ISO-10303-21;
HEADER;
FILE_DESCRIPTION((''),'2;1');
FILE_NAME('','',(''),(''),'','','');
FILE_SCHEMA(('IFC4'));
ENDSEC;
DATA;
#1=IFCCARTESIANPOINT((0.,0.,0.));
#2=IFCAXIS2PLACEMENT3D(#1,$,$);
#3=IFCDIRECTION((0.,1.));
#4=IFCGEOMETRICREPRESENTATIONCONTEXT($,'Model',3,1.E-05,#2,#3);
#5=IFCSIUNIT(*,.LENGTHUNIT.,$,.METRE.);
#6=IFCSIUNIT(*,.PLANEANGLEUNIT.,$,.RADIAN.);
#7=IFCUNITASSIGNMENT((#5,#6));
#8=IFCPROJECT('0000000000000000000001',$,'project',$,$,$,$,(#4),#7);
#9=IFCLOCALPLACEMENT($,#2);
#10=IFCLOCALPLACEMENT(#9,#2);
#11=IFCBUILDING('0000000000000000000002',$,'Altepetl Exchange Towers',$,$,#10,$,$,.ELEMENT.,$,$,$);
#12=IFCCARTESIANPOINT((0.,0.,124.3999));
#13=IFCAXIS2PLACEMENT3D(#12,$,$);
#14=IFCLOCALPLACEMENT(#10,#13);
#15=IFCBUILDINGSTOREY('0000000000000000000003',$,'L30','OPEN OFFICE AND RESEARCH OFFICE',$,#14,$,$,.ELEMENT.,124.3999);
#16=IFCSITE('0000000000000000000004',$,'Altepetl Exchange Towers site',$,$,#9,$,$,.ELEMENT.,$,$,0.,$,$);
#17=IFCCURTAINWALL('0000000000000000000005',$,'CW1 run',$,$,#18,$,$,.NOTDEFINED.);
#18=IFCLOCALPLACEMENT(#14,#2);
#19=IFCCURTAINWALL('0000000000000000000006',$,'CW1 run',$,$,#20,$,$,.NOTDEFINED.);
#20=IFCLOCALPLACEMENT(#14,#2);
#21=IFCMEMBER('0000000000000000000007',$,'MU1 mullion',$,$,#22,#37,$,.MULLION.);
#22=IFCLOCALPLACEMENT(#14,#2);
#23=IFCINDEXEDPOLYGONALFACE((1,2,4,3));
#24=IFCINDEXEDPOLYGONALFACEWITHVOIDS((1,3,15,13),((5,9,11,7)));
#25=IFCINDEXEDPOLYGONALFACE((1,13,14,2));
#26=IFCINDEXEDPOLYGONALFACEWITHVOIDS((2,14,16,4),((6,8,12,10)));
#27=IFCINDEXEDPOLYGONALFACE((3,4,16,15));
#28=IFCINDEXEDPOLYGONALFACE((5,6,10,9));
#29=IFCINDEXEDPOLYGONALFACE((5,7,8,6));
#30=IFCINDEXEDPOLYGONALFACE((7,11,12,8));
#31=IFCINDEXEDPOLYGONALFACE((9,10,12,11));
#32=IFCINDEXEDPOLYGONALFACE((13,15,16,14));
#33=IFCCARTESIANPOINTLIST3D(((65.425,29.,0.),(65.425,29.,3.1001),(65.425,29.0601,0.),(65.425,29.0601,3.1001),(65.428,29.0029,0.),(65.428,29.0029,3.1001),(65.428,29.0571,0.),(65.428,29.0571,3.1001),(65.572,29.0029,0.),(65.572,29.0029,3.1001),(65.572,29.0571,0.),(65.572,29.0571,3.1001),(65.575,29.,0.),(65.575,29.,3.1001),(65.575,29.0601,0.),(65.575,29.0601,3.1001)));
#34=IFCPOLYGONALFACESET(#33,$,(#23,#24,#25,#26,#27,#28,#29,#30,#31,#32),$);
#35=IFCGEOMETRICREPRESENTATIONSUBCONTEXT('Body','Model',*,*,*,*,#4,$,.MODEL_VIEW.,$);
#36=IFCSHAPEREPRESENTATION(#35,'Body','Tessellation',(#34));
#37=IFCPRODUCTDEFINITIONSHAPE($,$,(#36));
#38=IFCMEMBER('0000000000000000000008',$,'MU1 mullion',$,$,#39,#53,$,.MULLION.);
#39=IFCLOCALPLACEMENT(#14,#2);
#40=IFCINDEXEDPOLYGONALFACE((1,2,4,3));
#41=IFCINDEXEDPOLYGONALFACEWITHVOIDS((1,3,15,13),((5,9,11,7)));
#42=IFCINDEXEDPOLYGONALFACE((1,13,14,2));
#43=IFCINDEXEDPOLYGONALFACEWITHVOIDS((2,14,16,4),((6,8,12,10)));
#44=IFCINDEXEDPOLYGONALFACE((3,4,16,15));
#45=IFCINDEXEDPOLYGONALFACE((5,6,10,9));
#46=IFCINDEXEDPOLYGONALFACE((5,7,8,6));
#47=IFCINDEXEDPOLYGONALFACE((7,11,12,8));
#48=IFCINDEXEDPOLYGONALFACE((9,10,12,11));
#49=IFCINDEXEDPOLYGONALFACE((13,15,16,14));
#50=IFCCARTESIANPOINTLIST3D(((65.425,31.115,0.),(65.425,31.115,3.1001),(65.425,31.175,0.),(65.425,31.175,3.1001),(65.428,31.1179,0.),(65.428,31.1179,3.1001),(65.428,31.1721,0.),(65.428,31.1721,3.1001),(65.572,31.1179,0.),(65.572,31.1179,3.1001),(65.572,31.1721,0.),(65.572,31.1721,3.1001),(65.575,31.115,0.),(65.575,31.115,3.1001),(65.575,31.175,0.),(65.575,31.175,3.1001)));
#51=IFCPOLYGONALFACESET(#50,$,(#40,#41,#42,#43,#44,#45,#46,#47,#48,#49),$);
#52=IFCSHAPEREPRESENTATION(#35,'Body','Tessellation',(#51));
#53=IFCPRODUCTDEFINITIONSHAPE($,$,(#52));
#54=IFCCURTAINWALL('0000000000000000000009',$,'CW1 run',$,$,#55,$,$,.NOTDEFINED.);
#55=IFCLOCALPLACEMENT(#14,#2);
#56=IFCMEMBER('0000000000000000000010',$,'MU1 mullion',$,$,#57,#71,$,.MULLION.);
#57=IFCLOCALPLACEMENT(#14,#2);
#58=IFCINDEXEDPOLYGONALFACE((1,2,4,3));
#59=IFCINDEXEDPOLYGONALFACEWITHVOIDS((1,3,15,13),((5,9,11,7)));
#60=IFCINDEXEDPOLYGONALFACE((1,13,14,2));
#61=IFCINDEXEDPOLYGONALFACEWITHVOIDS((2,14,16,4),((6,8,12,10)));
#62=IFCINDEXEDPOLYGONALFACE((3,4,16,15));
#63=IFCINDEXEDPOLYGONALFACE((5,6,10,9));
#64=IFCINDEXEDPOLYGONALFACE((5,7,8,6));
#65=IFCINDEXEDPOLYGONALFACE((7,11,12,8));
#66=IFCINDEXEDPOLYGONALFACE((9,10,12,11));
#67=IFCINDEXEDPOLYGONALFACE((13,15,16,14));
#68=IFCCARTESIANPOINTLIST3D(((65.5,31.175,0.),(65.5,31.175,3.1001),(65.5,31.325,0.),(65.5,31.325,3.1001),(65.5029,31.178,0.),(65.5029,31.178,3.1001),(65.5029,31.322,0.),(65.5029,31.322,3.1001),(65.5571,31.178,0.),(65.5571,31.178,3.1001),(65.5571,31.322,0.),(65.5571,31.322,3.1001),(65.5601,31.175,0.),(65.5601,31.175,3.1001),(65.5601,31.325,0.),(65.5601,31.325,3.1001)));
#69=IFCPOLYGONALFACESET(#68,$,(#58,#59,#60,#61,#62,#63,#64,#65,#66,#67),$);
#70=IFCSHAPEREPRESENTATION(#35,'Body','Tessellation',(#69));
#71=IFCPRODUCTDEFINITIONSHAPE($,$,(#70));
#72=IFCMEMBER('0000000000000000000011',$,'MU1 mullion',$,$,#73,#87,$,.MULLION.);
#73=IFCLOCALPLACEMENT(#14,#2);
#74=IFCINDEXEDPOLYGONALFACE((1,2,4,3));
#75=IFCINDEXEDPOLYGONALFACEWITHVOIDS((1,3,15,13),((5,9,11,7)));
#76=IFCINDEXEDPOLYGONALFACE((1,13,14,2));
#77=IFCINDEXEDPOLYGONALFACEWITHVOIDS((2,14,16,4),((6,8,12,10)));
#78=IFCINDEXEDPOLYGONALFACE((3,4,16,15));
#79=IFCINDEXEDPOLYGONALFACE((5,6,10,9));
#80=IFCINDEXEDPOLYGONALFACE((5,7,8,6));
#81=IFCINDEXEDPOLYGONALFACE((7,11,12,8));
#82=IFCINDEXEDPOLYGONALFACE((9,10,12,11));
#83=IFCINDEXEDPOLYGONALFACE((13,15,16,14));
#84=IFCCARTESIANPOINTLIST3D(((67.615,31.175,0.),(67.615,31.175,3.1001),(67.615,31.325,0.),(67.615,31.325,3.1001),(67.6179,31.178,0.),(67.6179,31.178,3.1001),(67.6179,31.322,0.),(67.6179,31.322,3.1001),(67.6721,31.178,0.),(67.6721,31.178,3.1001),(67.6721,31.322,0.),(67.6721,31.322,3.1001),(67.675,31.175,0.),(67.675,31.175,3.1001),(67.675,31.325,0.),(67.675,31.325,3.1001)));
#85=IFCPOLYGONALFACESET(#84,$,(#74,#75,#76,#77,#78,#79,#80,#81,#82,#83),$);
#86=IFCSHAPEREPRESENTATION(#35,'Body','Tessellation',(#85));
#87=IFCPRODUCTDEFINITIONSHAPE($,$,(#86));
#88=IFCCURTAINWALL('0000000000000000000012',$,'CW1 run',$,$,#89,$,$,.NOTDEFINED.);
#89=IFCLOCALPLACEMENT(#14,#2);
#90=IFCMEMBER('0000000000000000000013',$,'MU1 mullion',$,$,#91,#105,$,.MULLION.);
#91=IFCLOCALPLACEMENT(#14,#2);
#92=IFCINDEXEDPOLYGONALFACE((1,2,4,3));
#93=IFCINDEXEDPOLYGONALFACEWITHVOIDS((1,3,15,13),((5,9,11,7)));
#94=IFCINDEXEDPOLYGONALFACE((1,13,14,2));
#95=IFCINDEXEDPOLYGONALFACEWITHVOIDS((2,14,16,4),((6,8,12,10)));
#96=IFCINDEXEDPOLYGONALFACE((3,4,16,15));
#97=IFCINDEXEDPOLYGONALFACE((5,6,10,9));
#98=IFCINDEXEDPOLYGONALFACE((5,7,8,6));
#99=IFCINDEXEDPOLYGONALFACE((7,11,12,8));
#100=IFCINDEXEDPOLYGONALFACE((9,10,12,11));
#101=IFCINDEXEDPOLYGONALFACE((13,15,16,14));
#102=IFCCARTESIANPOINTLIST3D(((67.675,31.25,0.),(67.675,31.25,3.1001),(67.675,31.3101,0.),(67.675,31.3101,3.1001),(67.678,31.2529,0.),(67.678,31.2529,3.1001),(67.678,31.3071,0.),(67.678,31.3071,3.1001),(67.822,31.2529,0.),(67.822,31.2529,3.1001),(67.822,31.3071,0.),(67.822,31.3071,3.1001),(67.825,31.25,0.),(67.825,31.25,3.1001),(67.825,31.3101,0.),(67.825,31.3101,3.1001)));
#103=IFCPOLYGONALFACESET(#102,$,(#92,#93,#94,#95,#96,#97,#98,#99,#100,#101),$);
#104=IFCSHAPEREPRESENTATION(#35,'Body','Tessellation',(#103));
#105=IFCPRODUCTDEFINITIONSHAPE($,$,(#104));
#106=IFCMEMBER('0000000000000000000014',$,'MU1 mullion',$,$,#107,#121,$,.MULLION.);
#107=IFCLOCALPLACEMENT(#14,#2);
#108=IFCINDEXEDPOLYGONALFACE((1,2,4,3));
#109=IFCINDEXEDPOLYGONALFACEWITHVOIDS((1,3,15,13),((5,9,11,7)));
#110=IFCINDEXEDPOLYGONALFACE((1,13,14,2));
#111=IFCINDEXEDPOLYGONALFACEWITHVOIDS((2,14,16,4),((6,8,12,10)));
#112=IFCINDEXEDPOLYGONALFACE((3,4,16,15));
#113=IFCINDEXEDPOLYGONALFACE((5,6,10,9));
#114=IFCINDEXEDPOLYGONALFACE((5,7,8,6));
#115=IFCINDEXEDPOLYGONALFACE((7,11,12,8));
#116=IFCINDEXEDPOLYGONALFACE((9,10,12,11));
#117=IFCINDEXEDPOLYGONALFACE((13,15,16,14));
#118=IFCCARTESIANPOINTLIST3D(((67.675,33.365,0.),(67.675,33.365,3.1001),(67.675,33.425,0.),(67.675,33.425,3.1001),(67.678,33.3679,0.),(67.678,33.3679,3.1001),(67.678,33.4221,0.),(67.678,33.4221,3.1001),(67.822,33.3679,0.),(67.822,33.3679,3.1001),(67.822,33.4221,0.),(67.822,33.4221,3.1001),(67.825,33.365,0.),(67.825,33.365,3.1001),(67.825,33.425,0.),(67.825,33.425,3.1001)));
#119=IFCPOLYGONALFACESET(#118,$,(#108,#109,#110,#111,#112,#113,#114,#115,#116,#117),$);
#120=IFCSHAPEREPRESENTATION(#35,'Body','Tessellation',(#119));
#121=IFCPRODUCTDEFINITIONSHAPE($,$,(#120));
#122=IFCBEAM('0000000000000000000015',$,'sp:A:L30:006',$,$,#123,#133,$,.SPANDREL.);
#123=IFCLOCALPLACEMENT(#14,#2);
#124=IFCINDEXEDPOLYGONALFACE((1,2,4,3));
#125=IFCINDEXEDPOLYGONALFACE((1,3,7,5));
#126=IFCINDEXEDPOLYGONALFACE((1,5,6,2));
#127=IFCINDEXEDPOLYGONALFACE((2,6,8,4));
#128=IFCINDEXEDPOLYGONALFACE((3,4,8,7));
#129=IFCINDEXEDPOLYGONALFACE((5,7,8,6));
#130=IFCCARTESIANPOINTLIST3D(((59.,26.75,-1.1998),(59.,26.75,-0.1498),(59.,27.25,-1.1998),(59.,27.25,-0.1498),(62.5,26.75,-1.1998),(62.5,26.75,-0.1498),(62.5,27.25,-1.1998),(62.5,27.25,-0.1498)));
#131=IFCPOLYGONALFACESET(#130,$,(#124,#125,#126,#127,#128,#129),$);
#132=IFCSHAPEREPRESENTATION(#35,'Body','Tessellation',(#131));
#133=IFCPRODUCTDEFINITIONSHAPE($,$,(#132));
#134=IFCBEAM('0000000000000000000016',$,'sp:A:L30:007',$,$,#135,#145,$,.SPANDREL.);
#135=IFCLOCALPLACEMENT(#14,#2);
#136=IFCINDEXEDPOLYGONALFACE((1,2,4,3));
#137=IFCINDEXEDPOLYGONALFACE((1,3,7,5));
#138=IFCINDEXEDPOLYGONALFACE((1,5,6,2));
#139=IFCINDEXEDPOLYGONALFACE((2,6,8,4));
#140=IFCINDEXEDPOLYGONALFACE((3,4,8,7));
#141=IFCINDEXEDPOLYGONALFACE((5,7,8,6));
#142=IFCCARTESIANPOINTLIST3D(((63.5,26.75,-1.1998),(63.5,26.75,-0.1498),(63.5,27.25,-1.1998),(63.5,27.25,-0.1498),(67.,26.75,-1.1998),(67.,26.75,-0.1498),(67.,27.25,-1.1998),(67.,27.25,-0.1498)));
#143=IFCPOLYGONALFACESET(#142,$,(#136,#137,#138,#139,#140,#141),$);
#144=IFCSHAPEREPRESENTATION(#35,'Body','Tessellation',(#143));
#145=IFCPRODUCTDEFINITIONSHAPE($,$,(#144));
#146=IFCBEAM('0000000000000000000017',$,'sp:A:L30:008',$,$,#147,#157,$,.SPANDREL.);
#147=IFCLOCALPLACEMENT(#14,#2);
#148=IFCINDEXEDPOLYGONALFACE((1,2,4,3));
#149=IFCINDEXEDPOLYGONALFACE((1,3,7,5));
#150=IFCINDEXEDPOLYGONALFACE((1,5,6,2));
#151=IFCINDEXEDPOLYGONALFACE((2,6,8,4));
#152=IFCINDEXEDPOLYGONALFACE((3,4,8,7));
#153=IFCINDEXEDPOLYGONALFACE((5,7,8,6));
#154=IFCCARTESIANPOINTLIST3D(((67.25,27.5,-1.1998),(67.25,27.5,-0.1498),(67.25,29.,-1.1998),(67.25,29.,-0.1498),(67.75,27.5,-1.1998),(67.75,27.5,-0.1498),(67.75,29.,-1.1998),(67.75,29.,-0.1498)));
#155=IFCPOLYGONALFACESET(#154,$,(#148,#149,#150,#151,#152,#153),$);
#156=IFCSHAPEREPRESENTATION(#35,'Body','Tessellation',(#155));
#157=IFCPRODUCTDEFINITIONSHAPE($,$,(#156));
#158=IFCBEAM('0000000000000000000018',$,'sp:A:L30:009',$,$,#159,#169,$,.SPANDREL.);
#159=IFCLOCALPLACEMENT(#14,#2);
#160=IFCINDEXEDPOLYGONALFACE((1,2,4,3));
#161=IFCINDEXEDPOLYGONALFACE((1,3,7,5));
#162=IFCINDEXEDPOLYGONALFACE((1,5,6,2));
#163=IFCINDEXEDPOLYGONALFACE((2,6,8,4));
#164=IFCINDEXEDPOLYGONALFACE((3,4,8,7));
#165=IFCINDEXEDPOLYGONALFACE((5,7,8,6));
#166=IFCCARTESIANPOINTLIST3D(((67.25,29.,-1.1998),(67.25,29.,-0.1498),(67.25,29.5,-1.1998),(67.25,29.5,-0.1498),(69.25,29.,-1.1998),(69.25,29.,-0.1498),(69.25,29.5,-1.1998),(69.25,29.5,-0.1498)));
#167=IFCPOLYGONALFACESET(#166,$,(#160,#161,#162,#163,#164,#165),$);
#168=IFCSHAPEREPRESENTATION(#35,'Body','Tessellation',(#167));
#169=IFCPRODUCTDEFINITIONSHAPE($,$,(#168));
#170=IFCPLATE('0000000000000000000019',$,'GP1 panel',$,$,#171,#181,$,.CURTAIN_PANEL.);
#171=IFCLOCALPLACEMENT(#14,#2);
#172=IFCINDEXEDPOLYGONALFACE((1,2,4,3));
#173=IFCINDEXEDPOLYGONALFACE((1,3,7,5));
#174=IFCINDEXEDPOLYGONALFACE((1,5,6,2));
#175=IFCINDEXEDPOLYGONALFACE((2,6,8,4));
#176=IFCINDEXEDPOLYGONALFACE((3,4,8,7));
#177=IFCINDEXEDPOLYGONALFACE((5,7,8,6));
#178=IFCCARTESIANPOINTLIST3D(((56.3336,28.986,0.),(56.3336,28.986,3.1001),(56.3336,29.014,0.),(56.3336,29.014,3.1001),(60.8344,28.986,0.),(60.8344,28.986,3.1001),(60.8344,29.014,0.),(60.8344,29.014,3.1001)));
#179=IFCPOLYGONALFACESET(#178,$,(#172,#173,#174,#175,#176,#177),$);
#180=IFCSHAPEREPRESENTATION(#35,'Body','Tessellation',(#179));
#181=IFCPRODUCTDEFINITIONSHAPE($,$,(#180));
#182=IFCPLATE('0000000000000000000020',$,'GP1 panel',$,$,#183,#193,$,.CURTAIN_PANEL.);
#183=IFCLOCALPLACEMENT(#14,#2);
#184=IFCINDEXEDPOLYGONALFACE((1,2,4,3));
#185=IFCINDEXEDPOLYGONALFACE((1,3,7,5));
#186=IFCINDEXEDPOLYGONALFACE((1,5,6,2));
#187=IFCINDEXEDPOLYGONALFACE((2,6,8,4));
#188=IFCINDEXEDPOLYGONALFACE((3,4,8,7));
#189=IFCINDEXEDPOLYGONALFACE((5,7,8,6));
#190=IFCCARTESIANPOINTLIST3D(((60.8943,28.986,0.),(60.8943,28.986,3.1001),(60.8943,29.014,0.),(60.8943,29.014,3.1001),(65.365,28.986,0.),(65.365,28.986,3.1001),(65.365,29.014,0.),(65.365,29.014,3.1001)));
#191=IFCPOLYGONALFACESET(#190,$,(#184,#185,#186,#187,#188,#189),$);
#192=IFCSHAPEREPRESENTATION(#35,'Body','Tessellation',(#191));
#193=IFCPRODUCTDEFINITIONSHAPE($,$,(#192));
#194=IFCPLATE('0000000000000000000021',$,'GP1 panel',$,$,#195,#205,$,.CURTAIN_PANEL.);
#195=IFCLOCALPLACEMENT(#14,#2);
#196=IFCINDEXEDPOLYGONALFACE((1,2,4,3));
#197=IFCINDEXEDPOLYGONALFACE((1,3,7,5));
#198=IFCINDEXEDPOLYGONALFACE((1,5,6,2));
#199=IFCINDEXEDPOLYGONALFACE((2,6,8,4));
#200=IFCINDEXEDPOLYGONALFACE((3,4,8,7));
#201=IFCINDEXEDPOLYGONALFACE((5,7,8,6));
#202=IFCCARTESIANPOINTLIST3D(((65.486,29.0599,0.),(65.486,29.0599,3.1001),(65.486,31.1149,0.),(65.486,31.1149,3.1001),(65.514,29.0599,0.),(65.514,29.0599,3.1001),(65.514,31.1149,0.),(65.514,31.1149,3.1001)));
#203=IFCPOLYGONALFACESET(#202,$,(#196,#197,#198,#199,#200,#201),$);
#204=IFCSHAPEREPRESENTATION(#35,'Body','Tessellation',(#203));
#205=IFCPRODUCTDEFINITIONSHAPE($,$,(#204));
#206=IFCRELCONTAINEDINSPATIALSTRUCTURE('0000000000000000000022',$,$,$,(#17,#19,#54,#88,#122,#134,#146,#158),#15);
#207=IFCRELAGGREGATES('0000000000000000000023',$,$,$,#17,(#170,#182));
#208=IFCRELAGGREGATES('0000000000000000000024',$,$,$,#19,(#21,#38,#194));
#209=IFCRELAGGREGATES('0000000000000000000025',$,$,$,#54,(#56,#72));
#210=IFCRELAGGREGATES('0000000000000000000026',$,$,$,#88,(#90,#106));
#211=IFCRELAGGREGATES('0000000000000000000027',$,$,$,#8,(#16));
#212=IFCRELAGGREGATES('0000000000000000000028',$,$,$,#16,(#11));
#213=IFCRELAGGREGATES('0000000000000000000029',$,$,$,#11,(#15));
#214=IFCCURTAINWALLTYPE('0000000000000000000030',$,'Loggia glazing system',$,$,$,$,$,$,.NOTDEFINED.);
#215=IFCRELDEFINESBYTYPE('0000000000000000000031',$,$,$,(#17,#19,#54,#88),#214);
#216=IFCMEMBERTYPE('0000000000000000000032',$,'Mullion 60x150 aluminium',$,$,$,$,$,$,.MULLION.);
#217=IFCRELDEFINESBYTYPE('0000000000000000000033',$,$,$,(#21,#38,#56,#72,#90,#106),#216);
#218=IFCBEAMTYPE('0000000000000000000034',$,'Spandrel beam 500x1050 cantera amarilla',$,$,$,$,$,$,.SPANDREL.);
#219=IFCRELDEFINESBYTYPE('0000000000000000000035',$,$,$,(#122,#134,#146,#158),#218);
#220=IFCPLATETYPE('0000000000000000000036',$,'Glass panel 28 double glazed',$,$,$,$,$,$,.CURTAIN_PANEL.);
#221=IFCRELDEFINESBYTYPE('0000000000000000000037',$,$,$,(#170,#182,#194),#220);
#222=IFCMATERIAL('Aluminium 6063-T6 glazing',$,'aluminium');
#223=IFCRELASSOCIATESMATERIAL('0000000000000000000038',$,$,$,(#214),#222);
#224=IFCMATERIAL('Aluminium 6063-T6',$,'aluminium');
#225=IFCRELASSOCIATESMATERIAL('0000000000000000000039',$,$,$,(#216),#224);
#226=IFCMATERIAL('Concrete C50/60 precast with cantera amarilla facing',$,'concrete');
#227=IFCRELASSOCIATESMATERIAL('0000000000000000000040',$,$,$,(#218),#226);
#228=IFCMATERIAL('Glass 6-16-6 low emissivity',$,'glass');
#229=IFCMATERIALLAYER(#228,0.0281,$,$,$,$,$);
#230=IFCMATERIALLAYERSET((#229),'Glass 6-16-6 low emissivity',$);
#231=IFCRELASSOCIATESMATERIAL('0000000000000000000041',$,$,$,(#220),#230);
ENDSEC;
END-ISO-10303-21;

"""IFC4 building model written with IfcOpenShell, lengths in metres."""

from ifc_helpers import new_model, si_unit, direction, frame, origin, origin_2d, place, context, subcontext, project, spatial, rectangle, hollow_rectangle, extrude, material, layer, layer_set, material_profile, profile_set, type_object, element, aggregate, save


model = new_model("IFC4")

# Units and contexts
model_context = context("Model", 3, precision=1e-05, world=origin(), true_north=direction((0.0, 1.0)))
body_context = subcontext(model_context, "Body", "Model", "MODEL_VIEW")
ifc_project = project(units=[si_unit("LENGTHUNIT", "METRE"), si_unit("PLANEANGLEUNIT", "RADIAN")], contexts=[model_context])

# Site, building, storey
site_placement = place(None, origin())
site = spatial("IfcSite", under=ifc_project, at=site_placement, Name="Altepetl Exchange Towers site", CompositionType="ELEMENT", RefElevation=0.0)
building_placement = place(site_placement, origin())
building = spatial("IfcBuilding", under=site, at=building_placement, Name="Altepetl Exchange Towers", CompositionType="ELEMENT")
storey_placement = place(building_placement, frame((0.0, 0.0, 124.3999)))
storey = spatial("IfcBuildingStorey", under=building, at=storey_placement, Name="L30", Description="OPEN OFFICE AND RESEARCH OFFICE", CompositionType="ELEMENT", Elevation=124.3999)

# Curtain walls, members
ifc_material_1 = material(Name="Aluminium 6063-T6 glazing", Category="aluminium")
curtain_wall_type = type_object("IfcCurtainWallType", Name="Loggia glazing system", PredefinedType="NOTDEFINED", material=ifc_material_1)
curtain_wall_1_placement = place(storey_placement, origin())
curtain_wall_1 = element("IfcCurtainWall", 1, at=curtain_wall_1_placement, inside=storey, type_object=curtain_wall_type, Name="CW1 run", PredefinedType="NOTDEFINED")
ifc_material_2 = material(Name="Aluminium 6063-T6", Category="aluminium")
ifc_material_profile_1 = material_profile(ifc_material_2, hollow_rectangle(XDim=0.0601, YDim=0.1499, WallThickness=0.0029, at=origin_2d()), Name="Mullion 60x150 aluminium")
ifc_profile_set_1 = profile_set([ifc_material_profile_1], Name="Aluminium 6063-T6")
member_type = type_object("IfcMemberType", Name="Mullion 60x150 aluminium", PredefinedType="MULLION", material=ifc_profile_set_1)
curtain_wall_2_placement = place(storey_placement, origin())
curtain_wall_2 = element("IfcCurtainWall", 2, at=curtain_wall_2_placement, inside=storey, type_object=curtain_wall_type, Name="CW1 run", PredefinedType="NOTDEFINED")
member_1_placement = place(storey_placement, frame((65.5, 29.03, 0.0), z_axis=(0.0, 0.0, 1.0), x_axis=(0.0, 1.0, 0.0)))
member_1 = element("IfcMember", 3, at=member_1_placement, type_object=member_type, Name="MU1 mullion", PredefinedType="MULLION", context=body_context, shape_type="SweptSolid", body=[
    extrude(hollow_rectangle(XDim=0.0601, YDim=0.1499, WallThickness=0.0029, at=origin_2d()), origin(), (0.0, 0.0, 1.0), 3.1001),
])
member_2_placement = place(storey_placement, frame((65.5, 31.145, 0.0), z_axis=(0.0, 0.0, 1.0), x_axis=(0.0, 1.0, 0.0)))
member_2 = element("IfcMember", 4, at=member_2_placement, type_object=member_type, Name="MU1 mullion", PredefinedType="MULLION", context=body_context, shape_type="SweptSolid", body=[
    extrude(hollow_rectangle(XDim=0.0601, YDim=0.1499, WallThickness=0.0029, at=origin_2d()), origin(), (0.0, 0.0, 1.0), 3.1001),
])
curtain_wall_3_placement = place(storey_placement, origin())
curtain_wall_3 = element("IfcCurtainWall", 5, at=curtain_wall_3_placement, inside=storey, type_object=curtain_wall_type, Name="CW1 run", PredefinedType="NOTDEFINED")
member_3_placement = place(storey_placement, frame((65.53, 31.25, 0.0)))
member_3 = element("IfcMember", 6, at=member_3_placement, type_object=member_type, Name="MU1 mullion", PredefinedType="MULLION", context=body_context, shape_type="SweptSolid", body=[
    extrude(hollow_rectangle(XDim=0.0601, YDim=0.1499, WallThickness=0.0029, at=origin_2d()), origin(), (0.0, 0.0, 1.0), 3.1001),
])
member_4_placement = place(storey_placement, frame((67.645, 31.25, 0.0)))
member_4 = element("IfcMember", 7, at=member_4_placement, type_object=member_type, Name="MU1 mullion", PredefinedType="MULLION", context=body_context, shape_type="SweptSolid", body=[
    extrude(hollow_rectangle(XDim=0.0601, YDim=0.1499, WallThickness=0.0029, at=origin_2d()), origin(), (0.0, 0.0, 1.0), 3.1001),
])
curtain_wall_4_placement = place(storey_placement, origin())
curtain_wall_4 = element("IfcCurtainWall", 8, at=curtain_wall_4_placement, inside=storey, type_object=curtain_wall_type, Name="CW1 run", PredefinedType="NOTDEFINED")
member_5_placement = place(storey_placement, frame((67.75, 31.28, 0.0), z_axis=(0.0, 0.0, 1.0), x_axis=(0.0, 1.0, 0.0)))
member_5 = element("IfcMember", 9, at=member_5_placement, type_object=member_type, Name="MU1 mullion", PredefinedType="MULLION", context=body_context, shape_type="SweptSolid", body=[
    extrude(hollow_rectangle(XDim=0.0601, YDim=0.1499, WallThickness=0.0029, at=origin_2d()), origin(), (0.0, 0.0, 1.0), 3.1001),
])
member_6_placement = place(storey_placement, frame((67.75, 33.395, 0.0), z_axis=(0.0, 0.0, 1.0), x_axis=(0.0, 1.0, 0.0)))
member_6 = element("IfcMember", 10, at=member_6_placement, type_object=member_type, Name="MU1 mullion", PredefinedType="MULLION", context=body_context, shape_type="SweptSolid", body=[
    extrude(hollow_rectangle(XDim=0.0601, YDim=0.1499, WallThickness=0.0029, at=origin_2d()), origin(), (0.0, 0.0, 1.0), 3.1001),
])

# Beams
ifc_material_3 = material(Name="Concrete C50/60 precast with cantera amarilla facing", Category="concrete")
ifc_material_profile_2 = material_profile(ifc_material_3, rectangle(XDim=0.5, YDim=1.05, at=origin_2d()), Name="500 x 1050")
ifc_profile_set_2 = profile_set([ifc_material_profile_2], Name="Concrete C50/60 precast with cantera amarilla facing")
beam_type_1 = type_object("IfcBeamType", Name="Spandrel beam 500x1050 cantera amarilla", PredefinedType="SPANDREL", material=ifc_profile_set_2)
for number, where, z_axis, x_axis, name in (
    (11, (59.0, 27.0, -0.6748), (1.0, 0.0, 0.0), (0.0, 1.0, 0.0), "sp:A:L30:006"),
    (12, (63.5, 27.0, -0.6748), (1.0, 0.0, 0.0), (0.0, 1.0, 0.0), "sp:A:L30:007"),
):
    element("IfcBeam", number, at=place(storey_placement, frame(where, z_axis=z_axis, x_axis=x_axis)), inside=storey, type_object=beam_type_1, Name=name, PredefinedType="SPANDREL", context=body_context, shape_type="SweptSolid", body=[
        extrude(rectangle(XDim=0.5, YDim=1.05, at=origin_2d()), origin(), (0.0, 0.0, 1.0), 3.5),
    ])
beam_1_placement = place(storey_placement, frame((67.5, 27.5, -0.6748), z_axis=(0.0, 1.0, 0.0), x_axis=(-1.0, 0.0, 0.0)))
element("IfcBeam", 13, at=beam_1_placement, inside=storey, type_object=beam_type_1, Name="sp:A:L30:008", PredefinedType="SPANDREL", context=body_context, shape_type="SweptSolid", body=[
    extrude(rectangle(XDim=0.5, YDim=1.05, at=origin_2d()), origin(), (0.0, 0.0, 1.0), 1.5),
])
beam_2_placement = place(storey_placement, frame((67.25, 29.25, -0.6748), z_axis=(1.0, 0.0, 0.0), x_axis=(0.0, 1.0, 0.0)))
element("IfcBeam", 14, at=beam_2_placement, inside=storey, type_object=beam_type_1, Name="sp:A:L30:009", PredefinedType="SPANDREL", context=body_context, shape_type="SweptSolid", body=[
    extrude(rectangle(XDim=0.5, YDim=1.05, at=origin_2d()), origin(), (0.0, 0.0, 1.0), 2.0),
])

# Plates
ifc_material_4 = material(Name="Glass 6-16-6 low emissivity", Category="glass")
ifc_layer_1 = layer(ifc_material_4, 0.0281)
ifc_layer_set_1 = layer_set([ifc_layer_1], Name="Glass 6-16-6 low emissivity")
plate_type = type_object("IfcPlateType", Name="Glass panel 28 double glazed", PredefinedType="CURTAIN_PANEL", material=ifc_layer_set_1)
plate_1_placement = place(storey_placement, frame((58.584, 29.0, 0.0)))
plate_1 = element("IfcPlate", 15, at=plate_1_placement, type_object=plate_type, Name="GP1 panel", PredefinedType="CURTAIN_PANEL", context=body_context, shape_type="SweptSolid", body=[
    extrude(rectangle(XDim=4.5007, YDim=0.0281, at=origin_2d()), origin(), (0.0, 0.0, 1.0), 3.1001),
])
plate_2_placement = place(storey_placement, frame((63.1296, 29.0, 0.0)))
plate_2 = element("IfcPlate", 16, at=plate_2_placement, type_object=plate_type, Name="GP1 panel", PredefinedType="CURTAIN_PANEL", context=body_context, shape_type="SweptSolid", body=[
    extrude(rectangle(XDim=4.4707, YDim=0.0281, at=origin_2d()), origin(), (0.0, 0.0, 1.0), 3.1001),
])
aggregate(curtain_wall_1, [plate_1, plate_2])
plate_3_placement = place(storey_placement, frame((65.5, 30.0874, 0.0), z_axis=(0.0, 0.0, 1.0), x_axis=(0.0, 1.0, 0.0)))
plate_3 = element("IfcPlate", 17, at=plate_3_placement, type_object=plate_type, Name="GP1 panel", PredefinedType="CURTAIN_PANEL", context=body_context, shape_type="SweptSolid", body=[
    extrude(rectangle(XDim=2.0549, YDim=0.0281, at=origin_2d()), origin(), (0.0, 0.0, 1.0), 3.1001),
])
aggregate(curtain_wall_2, [member_1, member_2, plate_3])
aggregate(curtain_wall_3, [member_3, member_4])
aggregate(curtain_wall_4, [member_5, member_6])

save(model, "model.ifc")
